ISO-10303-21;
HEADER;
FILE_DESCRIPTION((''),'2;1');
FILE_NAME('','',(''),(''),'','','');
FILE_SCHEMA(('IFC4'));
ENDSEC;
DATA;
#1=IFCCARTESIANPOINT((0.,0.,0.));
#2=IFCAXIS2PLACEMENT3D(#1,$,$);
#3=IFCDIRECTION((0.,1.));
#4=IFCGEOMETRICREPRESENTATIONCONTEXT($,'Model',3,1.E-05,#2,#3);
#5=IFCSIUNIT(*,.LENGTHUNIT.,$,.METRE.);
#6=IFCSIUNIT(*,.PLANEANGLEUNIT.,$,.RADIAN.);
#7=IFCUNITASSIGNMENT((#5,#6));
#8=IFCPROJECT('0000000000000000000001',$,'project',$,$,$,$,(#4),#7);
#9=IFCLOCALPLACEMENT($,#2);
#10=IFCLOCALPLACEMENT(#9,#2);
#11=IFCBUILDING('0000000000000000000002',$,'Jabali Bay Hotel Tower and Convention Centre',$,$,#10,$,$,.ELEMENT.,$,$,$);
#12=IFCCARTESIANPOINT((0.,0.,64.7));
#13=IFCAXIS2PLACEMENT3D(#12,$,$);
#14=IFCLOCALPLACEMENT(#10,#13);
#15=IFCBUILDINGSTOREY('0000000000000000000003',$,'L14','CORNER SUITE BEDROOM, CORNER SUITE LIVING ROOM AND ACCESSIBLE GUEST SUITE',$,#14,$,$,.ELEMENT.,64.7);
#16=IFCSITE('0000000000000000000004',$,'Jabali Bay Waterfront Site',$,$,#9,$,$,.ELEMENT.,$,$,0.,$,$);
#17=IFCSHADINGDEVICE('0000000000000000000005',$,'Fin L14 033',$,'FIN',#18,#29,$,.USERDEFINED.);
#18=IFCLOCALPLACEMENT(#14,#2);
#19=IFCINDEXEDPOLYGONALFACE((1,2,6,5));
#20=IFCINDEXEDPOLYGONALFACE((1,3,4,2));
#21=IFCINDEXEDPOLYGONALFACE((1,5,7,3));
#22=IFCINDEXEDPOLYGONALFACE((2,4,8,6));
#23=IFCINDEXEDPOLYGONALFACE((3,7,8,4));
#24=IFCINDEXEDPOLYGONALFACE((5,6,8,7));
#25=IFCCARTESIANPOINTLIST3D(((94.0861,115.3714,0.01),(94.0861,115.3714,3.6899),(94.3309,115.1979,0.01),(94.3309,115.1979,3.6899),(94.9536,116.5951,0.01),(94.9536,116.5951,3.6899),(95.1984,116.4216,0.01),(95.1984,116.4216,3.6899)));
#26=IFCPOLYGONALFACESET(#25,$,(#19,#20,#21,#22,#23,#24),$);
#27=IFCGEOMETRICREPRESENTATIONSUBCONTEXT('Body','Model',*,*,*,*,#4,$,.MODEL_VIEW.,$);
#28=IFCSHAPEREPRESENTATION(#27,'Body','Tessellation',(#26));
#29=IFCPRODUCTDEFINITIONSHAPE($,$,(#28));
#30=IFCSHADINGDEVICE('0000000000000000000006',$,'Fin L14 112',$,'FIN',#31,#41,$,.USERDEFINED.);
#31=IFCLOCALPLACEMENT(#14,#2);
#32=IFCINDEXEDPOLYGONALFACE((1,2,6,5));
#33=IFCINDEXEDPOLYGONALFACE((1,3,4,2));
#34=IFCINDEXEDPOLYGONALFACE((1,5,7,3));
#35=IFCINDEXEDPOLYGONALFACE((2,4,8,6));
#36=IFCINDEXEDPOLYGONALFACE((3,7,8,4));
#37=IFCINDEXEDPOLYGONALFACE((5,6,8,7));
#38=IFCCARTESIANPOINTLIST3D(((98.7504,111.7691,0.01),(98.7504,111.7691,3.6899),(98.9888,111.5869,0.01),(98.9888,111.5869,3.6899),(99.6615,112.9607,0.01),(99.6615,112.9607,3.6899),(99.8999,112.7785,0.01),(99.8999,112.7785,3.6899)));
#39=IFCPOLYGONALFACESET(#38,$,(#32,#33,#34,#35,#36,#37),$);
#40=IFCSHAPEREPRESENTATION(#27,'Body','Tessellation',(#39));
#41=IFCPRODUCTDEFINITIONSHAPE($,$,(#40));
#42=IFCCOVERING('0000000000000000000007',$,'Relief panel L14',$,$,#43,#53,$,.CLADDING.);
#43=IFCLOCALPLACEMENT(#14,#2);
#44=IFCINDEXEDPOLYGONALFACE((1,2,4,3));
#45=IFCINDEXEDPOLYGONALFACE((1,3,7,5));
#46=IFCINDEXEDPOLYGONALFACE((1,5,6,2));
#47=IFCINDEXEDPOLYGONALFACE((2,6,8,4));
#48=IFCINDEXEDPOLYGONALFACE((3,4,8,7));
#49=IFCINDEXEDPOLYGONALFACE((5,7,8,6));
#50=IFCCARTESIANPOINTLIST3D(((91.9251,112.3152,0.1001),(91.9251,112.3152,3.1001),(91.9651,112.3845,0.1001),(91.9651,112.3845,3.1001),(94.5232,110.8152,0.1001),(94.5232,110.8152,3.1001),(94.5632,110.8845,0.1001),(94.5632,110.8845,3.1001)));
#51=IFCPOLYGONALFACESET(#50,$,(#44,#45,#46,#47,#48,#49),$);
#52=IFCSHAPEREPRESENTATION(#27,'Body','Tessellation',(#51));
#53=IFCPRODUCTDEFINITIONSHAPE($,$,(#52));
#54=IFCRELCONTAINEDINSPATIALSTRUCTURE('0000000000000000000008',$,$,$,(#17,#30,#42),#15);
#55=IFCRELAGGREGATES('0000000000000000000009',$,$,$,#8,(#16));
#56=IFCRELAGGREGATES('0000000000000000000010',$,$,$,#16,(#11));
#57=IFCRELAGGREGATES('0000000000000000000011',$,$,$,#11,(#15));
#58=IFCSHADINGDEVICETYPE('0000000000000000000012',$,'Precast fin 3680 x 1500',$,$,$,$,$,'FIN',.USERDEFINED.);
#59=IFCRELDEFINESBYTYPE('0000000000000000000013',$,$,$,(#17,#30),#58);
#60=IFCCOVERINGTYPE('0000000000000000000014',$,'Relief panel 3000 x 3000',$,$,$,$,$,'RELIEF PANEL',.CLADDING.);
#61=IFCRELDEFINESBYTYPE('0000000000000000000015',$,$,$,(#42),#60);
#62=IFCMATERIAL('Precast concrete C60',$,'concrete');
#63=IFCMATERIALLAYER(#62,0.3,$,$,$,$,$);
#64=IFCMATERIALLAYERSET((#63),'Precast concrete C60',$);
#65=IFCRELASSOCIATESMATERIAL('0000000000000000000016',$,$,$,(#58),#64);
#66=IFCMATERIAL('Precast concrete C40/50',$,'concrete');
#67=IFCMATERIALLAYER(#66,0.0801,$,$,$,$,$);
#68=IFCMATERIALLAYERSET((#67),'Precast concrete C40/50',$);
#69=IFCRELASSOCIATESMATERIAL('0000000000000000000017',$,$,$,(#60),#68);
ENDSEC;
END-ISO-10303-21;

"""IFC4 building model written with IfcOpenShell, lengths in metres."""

from ifc_helpers import new_model, si_unit, direction, frame, frame_2d, origin, origin_2d, place, context, subcontext, project, spatial, rectangle, extrude, material, layer, layer_set, type_object, element, save


model = new_model("IFC4")

# Units and contexts
model_context = context("Model", 3, precision=1e-05, world=origin(), true_north=direction((0.0, 1.0)))
body_context = subcontext(model_context, "Body", "Model", "MODEL_VIEW")
ifc_project = project(units=[si_unit("LENGTHUNIT", "METRE"), si_unit("PLANEANGLEUNIT", "RADIAN")], contexts=[model_context])

# Site, building, storey
site_placement = place(None, origin())
site = spatial("IfcSite", under=ifc_project, at=site_placement, Name="Jabali Bay Waterfront Site", CompositionType="ELEMENT", RefElevation=0.0)
building_placement = place(site_placement, origin())
building = spatial("IfcBuilding", under=site, at=building_placement, Name="Jabali Bay Hotel Tower and Convention Centre", CompositionType="ELEMENT")
storey_placement = place(building_placement, frame((0.0, 0.0, 64.7)))
storey = spatial("IfcBuildingStorey", under=building, at=storey_placement, Name="L14", Description="CORNER SUITE BEDROOM, CORNER SUITE LIVING ROOM AND ACCESSIBLE GUEST SUITE", CompositionType="ELEMENT", Elevation=64.7)

# Shading devices
ifc_material_1 = material(Name="Precast concrete C60", Category="concrete")
ifc_layer_1 = layer(ifc_material_1, 0.3)
ifc_layer_set_1 = layer_set([ifc_layer_1], Name="Precast concrete C60")
shading_device_type = type_object("IfcShadingDeviceType", Name="Precast fin 3680 x 1500", ElementType="FIN", PredefinedType="USERDEFINED", material=ifc_layer_set_1)
for number, where, z_axis, x_axis, name in (
    (1, (94.2085, 115.2847, 0.01), (0.0, 0.0, 1.0), (0.578324, 0.815807, 0.0), "Fin L14 033"),
    (2, (98.8696, 111.678, 0.01), (0.0, 0.0, 1.0), (0.607396, 0.794399, 0.0), "Fin L14 112"),
):
    element("IfcShadingDevice", number, at=place(storey_placement, frame(where, z_axis=z_axis, x_axis=x_axis)), inside=storey, type_object=shading_device_type, Name=name, ObjectType="FIN", PredefinedType="USERDEFINED", context=body_context, shape_type="SweptSolid", body=[
        extrude(rectangle(XDim=1.5, YDim=0.3, at=frame_2d((0.75, 0.0))), origin(), (0.0, 0.0, 1.0), 3.6799),
    ])

# Covering
ifc_material_2 = material(Name="Precast concrete C40/50", Category="concrete")
ifc_layer_2 = layer(ifc_material_2, 0.0801)
ifc_layer_set_2 = layer_set([ifc_layer_2], Name="Precast concrete C40/50")
covering_type = type_object("IfcCoveringType", Name="Relief panel 3000 x 3000", ElementType="RELIEF PANEL", PredefinedType="CLADDING", material=ifc_layer_set_2)
covering_placement = place(storey_placement, frame((93.2441, 111.5999, 0.1001), z_axis=(0.0, 0.0, 1.0), x_axis=(0.866025, -0.5, 0.0)))
element("IfcCovering", 3, at=covering_placement, inside=storey, type_object=covering_type, Name="Relief panel L14", PredefinedType="CLADDING", context=body_context, shape_type="SweptSolid", body=[
    extrude(rectangle(XDim=3.0, YDim=0.0801, at=origin_2d()), origin(), (0.0, 0.0, 1.0), 3.0),
])

save(model, "model.ifc")
